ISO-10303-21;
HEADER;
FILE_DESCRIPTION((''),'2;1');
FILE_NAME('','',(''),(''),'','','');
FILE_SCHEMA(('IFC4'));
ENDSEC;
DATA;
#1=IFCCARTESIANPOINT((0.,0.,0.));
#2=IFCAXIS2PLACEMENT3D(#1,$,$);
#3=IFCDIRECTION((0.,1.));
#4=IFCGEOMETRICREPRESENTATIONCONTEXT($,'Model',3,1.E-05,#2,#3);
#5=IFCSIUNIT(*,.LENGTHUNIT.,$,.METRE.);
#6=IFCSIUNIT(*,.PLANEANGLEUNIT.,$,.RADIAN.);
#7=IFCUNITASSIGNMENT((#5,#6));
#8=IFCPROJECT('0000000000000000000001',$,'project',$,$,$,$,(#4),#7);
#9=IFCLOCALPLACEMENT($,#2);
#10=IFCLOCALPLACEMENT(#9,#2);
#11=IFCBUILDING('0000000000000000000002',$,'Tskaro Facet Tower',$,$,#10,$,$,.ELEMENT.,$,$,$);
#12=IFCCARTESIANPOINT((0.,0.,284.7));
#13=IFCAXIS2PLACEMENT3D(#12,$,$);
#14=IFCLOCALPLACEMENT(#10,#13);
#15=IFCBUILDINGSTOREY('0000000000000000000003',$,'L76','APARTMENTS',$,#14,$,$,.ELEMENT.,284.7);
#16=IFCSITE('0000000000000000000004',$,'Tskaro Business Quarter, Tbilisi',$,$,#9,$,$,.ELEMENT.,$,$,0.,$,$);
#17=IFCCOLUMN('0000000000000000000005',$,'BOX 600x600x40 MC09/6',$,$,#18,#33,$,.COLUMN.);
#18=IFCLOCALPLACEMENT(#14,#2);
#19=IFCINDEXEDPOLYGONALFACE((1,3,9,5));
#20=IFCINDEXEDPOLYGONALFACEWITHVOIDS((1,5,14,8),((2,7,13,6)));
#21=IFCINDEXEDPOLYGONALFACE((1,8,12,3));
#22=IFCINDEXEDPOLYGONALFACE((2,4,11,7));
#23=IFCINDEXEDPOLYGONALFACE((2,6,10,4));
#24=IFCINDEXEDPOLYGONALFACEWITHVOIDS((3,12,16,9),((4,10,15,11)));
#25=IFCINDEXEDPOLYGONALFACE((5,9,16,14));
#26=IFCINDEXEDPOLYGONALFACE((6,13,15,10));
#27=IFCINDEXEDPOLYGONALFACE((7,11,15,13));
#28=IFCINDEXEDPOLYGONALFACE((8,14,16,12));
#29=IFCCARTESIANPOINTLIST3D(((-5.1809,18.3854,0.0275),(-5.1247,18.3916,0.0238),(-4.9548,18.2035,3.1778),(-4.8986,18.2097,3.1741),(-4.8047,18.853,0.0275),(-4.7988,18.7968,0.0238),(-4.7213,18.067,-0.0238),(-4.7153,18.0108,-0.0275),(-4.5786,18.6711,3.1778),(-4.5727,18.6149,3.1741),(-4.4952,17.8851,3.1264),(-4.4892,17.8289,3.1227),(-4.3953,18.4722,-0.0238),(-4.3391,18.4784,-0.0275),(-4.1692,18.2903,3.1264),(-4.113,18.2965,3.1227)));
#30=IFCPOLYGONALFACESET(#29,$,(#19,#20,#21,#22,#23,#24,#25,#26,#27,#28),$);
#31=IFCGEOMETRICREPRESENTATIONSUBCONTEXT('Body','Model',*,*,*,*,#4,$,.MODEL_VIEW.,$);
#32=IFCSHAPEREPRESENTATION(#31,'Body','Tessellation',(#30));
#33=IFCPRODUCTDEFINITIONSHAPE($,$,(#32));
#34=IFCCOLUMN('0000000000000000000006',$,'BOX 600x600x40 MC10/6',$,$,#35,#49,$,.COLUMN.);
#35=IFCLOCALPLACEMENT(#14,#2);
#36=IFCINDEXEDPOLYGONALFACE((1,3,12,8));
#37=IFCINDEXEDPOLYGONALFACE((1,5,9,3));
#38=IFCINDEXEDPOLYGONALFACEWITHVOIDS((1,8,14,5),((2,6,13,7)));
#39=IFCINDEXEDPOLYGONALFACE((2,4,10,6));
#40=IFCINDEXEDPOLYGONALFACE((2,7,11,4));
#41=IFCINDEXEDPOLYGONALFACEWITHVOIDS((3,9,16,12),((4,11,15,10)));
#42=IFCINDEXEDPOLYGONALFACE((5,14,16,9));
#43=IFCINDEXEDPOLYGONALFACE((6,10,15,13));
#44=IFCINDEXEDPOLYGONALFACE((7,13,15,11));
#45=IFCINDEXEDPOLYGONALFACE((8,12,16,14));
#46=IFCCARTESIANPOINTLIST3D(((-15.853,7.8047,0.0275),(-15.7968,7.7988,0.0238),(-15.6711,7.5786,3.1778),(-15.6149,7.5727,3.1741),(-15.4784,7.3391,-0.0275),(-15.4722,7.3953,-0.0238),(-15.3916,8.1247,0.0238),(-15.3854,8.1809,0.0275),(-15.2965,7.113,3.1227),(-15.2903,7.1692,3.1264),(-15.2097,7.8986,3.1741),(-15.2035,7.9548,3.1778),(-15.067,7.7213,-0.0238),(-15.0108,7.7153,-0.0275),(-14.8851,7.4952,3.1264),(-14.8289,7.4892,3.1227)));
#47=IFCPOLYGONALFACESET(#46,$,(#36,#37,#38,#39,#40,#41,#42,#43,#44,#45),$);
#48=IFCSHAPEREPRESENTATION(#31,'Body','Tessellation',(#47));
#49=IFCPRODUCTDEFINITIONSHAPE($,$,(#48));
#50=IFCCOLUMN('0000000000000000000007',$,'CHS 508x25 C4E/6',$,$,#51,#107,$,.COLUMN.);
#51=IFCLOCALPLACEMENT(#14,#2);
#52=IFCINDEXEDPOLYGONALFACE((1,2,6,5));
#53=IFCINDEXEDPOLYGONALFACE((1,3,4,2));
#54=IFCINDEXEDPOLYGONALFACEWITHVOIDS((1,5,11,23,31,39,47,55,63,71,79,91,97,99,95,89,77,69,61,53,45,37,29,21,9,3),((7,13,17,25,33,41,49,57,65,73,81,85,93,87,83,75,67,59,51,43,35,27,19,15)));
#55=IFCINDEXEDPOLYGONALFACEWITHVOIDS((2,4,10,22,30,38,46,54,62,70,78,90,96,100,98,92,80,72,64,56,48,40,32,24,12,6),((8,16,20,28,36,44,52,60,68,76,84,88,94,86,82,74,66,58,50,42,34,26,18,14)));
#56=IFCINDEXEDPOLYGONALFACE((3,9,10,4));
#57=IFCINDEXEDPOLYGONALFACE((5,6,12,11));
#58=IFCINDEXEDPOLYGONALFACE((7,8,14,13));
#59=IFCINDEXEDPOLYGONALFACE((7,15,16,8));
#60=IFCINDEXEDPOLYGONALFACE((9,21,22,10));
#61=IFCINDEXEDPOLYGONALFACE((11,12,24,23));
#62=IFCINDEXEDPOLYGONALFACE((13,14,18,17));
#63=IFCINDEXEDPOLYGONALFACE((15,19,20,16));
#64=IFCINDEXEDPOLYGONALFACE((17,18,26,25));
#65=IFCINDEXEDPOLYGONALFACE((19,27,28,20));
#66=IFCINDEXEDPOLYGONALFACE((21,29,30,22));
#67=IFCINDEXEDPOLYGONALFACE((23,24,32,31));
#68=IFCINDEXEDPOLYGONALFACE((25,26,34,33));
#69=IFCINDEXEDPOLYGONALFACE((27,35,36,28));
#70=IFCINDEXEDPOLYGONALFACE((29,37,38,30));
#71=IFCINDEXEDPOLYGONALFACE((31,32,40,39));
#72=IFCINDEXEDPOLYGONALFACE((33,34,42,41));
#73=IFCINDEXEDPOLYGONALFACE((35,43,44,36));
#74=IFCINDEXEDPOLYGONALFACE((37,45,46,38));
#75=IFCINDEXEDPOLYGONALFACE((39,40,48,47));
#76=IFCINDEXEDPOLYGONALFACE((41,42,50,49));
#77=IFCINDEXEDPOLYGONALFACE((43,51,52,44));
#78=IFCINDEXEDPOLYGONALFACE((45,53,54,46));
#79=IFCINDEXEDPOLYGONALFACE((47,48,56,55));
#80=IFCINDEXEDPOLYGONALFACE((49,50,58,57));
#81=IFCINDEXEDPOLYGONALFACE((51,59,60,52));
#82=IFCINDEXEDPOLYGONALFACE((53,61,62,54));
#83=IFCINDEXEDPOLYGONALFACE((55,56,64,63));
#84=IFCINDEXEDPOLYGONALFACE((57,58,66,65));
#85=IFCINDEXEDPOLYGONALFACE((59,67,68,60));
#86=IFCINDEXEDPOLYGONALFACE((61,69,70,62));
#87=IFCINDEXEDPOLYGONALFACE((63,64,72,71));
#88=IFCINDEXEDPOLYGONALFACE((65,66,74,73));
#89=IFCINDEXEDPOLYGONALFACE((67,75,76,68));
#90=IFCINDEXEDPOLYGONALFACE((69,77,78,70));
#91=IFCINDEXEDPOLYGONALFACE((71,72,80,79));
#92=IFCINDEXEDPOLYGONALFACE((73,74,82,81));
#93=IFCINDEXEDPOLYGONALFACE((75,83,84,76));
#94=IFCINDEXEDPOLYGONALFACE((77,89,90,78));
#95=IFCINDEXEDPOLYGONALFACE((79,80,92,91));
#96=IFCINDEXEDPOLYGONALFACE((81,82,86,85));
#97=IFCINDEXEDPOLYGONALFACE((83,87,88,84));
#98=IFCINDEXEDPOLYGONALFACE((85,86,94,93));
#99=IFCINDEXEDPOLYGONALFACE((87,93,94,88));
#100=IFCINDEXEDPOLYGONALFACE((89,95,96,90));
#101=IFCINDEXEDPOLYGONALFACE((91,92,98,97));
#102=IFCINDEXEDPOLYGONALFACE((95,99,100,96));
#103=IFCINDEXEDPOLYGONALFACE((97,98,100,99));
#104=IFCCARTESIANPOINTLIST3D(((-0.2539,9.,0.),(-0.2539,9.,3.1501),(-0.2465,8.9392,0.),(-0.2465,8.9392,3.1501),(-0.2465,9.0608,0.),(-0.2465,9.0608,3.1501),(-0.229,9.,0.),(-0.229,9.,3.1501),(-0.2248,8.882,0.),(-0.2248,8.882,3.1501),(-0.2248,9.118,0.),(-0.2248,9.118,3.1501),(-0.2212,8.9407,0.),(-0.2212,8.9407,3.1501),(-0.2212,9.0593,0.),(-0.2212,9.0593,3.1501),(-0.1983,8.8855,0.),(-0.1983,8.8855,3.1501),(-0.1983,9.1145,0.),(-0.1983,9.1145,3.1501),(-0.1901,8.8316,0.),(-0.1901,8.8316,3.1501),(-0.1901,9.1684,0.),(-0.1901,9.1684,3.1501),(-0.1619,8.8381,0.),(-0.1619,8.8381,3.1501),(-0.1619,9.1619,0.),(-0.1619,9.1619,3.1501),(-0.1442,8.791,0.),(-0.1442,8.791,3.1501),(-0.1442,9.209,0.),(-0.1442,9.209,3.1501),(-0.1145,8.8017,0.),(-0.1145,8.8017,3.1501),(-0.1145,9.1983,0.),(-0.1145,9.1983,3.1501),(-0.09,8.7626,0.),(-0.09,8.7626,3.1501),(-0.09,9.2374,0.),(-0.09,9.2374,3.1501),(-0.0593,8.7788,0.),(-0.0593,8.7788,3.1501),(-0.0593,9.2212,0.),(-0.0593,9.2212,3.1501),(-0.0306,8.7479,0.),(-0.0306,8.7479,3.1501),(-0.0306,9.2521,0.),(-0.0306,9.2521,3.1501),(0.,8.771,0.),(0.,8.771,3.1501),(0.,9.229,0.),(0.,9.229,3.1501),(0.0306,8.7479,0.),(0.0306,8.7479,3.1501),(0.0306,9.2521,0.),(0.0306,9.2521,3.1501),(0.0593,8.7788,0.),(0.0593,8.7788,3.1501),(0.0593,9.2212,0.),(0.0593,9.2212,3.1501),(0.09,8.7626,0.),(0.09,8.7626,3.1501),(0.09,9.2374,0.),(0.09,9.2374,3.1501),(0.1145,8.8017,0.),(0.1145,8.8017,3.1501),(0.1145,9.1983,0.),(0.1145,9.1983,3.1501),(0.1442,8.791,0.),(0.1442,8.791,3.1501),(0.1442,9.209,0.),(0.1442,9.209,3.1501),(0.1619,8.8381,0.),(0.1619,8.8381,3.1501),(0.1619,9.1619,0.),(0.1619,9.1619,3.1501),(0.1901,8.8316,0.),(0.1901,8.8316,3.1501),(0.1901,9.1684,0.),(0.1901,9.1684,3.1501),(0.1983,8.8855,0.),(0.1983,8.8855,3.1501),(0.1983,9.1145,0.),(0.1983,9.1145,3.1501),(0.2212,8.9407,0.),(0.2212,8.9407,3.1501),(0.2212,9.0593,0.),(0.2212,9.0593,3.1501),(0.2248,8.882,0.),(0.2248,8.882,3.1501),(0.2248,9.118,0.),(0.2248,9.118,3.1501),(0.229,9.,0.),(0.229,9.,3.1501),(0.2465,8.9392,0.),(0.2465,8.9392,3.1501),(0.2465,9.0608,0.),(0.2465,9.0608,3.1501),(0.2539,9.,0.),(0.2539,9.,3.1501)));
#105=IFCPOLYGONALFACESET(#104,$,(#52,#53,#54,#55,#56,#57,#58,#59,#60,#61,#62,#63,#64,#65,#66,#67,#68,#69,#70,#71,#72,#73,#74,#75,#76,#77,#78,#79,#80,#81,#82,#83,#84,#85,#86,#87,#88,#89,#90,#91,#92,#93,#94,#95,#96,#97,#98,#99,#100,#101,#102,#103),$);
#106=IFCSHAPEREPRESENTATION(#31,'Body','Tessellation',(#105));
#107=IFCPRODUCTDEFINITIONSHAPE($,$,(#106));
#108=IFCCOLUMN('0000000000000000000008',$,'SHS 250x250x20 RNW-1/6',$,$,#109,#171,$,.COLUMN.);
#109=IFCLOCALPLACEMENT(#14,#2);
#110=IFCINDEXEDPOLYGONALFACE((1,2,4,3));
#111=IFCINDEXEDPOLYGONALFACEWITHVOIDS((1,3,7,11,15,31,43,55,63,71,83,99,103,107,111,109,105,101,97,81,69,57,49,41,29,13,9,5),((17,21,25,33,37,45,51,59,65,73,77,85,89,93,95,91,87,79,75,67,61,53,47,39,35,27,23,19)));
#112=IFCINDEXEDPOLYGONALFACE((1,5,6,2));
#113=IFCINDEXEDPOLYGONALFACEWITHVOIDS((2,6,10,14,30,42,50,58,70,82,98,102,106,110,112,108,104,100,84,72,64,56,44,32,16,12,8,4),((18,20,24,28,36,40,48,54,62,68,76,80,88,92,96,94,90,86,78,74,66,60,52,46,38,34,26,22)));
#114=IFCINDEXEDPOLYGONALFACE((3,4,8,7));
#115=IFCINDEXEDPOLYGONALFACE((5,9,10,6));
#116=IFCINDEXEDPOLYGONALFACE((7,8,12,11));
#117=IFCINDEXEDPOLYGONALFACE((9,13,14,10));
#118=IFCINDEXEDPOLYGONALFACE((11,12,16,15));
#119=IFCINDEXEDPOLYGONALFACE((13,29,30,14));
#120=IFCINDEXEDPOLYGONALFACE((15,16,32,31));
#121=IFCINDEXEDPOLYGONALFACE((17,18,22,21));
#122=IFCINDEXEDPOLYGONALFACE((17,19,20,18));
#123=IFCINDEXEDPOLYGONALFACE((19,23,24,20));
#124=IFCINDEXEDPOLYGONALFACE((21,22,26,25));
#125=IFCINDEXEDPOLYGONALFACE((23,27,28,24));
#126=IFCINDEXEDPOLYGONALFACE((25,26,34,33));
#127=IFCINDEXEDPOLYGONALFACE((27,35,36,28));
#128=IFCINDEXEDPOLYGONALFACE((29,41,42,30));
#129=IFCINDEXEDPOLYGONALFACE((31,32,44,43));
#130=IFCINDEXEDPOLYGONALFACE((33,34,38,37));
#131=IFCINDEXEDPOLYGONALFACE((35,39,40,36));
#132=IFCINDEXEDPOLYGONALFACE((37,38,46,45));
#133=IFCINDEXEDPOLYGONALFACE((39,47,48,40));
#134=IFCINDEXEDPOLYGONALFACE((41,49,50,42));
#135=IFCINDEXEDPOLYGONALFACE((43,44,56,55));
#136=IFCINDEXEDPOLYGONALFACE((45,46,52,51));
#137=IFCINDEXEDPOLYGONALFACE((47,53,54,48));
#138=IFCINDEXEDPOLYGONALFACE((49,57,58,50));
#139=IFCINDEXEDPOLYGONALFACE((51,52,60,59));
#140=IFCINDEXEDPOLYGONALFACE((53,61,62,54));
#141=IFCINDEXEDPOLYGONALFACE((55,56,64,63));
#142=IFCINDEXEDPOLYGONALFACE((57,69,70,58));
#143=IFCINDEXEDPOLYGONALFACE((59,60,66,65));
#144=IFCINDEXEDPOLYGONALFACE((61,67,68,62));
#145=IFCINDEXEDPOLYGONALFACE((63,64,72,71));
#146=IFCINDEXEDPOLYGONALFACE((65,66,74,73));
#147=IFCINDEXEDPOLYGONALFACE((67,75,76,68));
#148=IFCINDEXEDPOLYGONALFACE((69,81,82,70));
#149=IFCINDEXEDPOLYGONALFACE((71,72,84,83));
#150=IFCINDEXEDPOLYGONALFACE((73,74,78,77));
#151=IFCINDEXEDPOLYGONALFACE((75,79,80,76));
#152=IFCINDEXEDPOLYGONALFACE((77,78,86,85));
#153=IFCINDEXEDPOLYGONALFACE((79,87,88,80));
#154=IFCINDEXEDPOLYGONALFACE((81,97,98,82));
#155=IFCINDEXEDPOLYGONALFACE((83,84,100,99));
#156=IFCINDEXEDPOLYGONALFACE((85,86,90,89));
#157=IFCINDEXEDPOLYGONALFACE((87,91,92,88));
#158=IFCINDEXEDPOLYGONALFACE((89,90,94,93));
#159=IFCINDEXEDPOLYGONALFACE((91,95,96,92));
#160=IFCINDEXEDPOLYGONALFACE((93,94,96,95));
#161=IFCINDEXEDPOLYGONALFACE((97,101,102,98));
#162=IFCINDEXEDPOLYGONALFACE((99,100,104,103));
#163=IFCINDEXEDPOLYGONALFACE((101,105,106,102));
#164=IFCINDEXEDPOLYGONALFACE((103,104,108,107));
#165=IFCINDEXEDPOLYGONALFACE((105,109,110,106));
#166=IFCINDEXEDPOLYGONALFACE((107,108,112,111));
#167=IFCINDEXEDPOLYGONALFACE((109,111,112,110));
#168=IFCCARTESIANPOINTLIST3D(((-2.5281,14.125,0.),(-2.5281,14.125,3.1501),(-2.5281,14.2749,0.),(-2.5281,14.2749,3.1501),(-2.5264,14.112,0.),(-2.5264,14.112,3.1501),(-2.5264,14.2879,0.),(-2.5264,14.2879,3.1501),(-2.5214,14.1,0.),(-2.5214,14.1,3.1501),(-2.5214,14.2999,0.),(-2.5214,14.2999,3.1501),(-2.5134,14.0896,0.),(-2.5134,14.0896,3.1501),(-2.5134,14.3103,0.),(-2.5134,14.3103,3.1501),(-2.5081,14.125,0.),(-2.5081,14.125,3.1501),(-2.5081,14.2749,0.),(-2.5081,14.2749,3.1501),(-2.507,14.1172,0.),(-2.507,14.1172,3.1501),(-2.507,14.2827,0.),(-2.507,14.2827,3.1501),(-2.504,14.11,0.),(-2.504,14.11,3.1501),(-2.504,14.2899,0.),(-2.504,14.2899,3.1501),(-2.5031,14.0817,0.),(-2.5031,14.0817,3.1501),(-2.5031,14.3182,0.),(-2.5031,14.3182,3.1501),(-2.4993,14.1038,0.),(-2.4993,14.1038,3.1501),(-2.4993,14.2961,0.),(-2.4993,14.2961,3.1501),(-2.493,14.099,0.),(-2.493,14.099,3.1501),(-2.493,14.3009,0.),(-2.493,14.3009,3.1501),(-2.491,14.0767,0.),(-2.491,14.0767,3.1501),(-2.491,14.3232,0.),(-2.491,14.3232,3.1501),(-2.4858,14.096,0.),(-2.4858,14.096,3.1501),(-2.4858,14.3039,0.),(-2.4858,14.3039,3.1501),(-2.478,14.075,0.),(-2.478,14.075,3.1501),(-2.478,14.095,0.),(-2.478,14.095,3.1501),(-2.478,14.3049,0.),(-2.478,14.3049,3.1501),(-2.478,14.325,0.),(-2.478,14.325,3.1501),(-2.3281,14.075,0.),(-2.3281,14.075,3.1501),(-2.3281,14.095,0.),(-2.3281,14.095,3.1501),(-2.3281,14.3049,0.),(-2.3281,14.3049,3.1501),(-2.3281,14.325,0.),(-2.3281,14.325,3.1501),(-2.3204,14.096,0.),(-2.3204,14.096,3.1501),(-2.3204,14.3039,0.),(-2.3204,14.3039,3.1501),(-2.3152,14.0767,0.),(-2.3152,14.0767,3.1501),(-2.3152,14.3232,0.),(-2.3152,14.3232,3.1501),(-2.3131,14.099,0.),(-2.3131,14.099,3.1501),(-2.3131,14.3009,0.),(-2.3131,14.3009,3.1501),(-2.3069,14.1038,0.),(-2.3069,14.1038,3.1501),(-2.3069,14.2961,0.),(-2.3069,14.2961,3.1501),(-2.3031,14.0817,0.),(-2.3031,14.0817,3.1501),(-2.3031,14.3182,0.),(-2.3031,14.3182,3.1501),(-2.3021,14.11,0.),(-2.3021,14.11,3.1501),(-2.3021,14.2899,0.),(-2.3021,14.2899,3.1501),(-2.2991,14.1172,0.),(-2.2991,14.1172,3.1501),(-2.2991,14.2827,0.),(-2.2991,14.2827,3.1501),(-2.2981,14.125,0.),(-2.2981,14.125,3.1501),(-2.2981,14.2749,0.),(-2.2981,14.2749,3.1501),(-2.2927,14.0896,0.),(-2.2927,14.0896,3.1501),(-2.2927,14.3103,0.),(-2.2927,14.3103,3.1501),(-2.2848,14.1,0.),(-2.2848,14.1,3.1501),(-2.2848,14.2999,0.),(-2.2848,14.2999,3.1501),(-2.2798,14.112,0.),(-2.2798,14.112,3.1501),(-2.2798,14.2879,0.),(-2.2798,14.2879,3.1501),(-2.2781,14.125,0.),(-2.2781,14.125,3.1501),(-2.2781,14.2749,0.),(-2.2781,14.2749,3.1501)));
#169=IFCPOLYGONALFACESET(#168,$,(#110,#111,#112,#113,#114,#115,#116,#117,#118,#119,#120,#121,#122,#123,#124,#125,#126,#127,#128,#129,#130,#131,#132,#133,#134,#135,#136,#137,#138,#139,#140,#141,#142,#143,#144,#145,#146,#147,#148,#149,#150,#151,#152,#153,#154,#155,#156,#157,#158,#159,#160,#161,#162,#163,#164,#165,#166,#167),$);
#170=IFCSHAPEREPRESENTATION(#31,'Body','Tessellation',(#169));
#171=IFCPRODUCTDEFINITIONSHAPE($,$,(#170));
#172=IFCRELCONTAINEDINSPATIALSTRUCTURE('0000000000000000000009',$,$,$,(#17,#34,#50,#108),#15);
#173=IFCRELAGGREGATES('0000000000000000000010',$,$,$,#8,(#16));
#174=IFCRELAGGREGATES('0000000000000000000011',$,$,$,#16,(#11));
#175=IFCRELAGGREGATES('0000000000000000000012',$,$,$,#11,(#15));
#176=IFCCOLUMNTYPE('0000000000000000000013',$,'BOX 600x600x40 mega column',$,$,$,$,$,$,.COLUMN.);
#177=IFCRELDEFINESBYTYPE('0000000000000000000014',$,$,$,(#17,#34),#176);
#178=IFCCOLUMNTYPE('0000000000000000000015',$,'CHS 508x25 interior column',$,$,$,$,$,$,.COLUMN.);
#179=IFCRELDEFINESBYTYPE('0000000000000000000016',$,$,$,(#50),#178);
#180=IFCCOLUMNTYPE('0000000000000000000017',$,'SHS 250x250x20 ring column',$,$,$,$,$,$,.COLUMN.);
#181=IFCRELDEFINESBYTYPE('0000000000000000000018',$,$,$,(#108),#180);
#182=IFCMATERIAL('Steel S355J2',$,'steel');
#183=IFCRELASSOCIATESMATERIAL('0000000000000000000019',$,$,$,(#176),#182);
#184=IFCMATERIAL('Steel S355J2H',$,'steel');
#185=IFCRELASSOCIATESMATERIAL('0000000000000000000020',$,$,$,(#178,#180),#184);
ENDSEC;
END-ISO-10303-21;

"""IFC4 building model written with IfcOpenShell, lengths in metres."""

from ifc_helpers import new_model, si_unit, direction, frame, origin, origin_2d, place, context, subcontext, project, spatial, hollow_rectangle, hollow_circle, extrude, material, material_profile, profile_set, type_object, element, save


model = new_model("IFC4")

# Units and contexts
model_context = context("Model", 3, precision=1e-05, world=origin(), true_north=direction((0.0, 1.0)))
body_context = subcontext(model_context, "Body", "Model", "MODEL_VIEW")
ifc_project = project(units=[si_unit("LENGTHUNIT", "METRE"), si_unit("PLANEANGLEUNIT", "RADIAN")], contexts=[model_context])

# Site, building, storey
site_placement = place(None, origin())
site = spatial("IfcSite", under=ifc_project, at=site_placement, Name="Tskaro Business Quarter, Tbilisi", CompositionType="ELEMENT", RefElevation=0.0)
building_placement = place(site_placement, origin())
building = spatial("IfcBuilding", under=site, at=building_placement, Name="Tskaro Facet Tower", CompositionType="ELEMENT")
storey_placement = place(building_placement, frame((0.0, 0.0, 284.7)))
storey = spatial("IfcBuildingStorey", under=building, at=storey_placement, Name="L76", Description="APARTMENTS", CompositionType="ELEMENT", Elevation=284.7)

# Columns
ifc_material_1 = material(Name="Steel S355J2", Category="steel")
ifc_material_profile_1 = material_profile(ifc_material_1, hollow_rectangle(XDim=0.6001, YDim=0.6001, WallThickness=0.04, at=origin_2d()), Name="BOX 600x600x40")
ifc_profile_set_1 = profile_set([ifc_material_profile_1], Name="Steel S355J2")
column_type_1 = type_object("IfcColumnType", Name="BOX 600x600x40 mega column", PredefinedType="COLUMN", material=ifc_profile_set_1)
for number, where, z_axis, x_axis, name in (
    (1, (-4.76, 18.4319, 0.0), (0.071464, -0.057495, 0.995785), (0.626847, 0.779142, 0.0), "BOX 600x600x40 MC09/6"),
    (2, (-15.4319, 7.76, 0.0), (0.057495, -0.071464, 0.995785), (0.779142, 0.626847, 0.0), "BOX 600x600x40 MC10/6"),
):
    element("IfcColumn", number, at=place(storey_placement, frame(where, z_axis=z_axis, x_axis=x_axis)), inside=storey, type_object=column_type_1, Name=name, PredefinedType="COLUMN", context=body_context, shape_type="SweptSolid", body=[
        extrude(hollow_rectangle(XDim=0.6001, YDim=0.6001, WallThickness=0.04, at=origin_2d()), origin(), (0.0, 0.0, 1.0), 3.1636),
    ])
ifc_material_2 = material(Name="Steel S355J2H", Category="steel")
ifc_material_profile_2 = material_profile(ifc_material_2, hollow_circle(Radius=0.2539, WallThickness=0.0249, at=origin_2d()), Name="CHS 508x25")
ifc_profile_set_2 = profile_set([ifc_material_profile_2], Name="Steel S355J2H")
column_type_2 = type_object("IfcColumnType", Name="CHS 508x25 interior column", PredefinedType="COLUMN", material=ifc_profile_set_2)
column_placement = place(storey_placement, frame((0.0, 9.0, 0.0), z_axis=(0.0, 0.0, 1.0), x_axis=(1.0, 0.0, 0.0)))
element("IfcColumn", 3, at=column_placement, inside=storey, type_object=column_type_2, Name="CHS 508x25 C4E/6", PredefinedType="COLUMN", context=body_context, shape_type="SweptSolid", body=[
    extrude(hollow_circle(Radius=0.2539, WallThickness=0.0249, at=origin_2d()), origin(), (0.0, 0.0, 1.0), 3.1501),
])
ifc_material_profile_3 = material_profile(ifc_material_2, hollow_rectangle(XDim=0.25, YDim=0.25, WallThickness=0.02, InnerFilletRadius=0.03, OuterFilletRadius=0.05, at=origin_2d()), Name="SHS 250x250x20")
ifc_profile_set_3 = profile_set([ifc_material_profile_3], Name="Steel S355J2H")
column_type_3 = type_object("IfcColumnType", Name="SHS 250x250x20 ring column", PredefinedType="COLUMN", material=ifc_profile_set_3)
for number, where, z_axis, x_axis, name in (
    (4, (-2.4031, 14.2, 0.0), (0.0, 0.0, 1.0), (1.0, 0.0, 0.0), "SHS 250x250x20 RNW-1/6"),
):
    element("IfcColumn", number, at=place(storey_placement, frame(where, z_axis=z_axis, x_axis=x_axis)), inside=storey, type_object=column_type_3, Name=name, PredefinedType="COLUMN", context=body_context, shape_type="SweptSolid", body=[
        extrude(hollow_rectangle(XDim=0.25, YDim=0.25, WallThickness=0.02, InnerFilletRadius=0.03, OuterFilletRadius=0.05, at=origin_2d()), origin(), (0.0, 0.0, 1.0), 3.1501),
    ])

save(model, "model.ifc")
